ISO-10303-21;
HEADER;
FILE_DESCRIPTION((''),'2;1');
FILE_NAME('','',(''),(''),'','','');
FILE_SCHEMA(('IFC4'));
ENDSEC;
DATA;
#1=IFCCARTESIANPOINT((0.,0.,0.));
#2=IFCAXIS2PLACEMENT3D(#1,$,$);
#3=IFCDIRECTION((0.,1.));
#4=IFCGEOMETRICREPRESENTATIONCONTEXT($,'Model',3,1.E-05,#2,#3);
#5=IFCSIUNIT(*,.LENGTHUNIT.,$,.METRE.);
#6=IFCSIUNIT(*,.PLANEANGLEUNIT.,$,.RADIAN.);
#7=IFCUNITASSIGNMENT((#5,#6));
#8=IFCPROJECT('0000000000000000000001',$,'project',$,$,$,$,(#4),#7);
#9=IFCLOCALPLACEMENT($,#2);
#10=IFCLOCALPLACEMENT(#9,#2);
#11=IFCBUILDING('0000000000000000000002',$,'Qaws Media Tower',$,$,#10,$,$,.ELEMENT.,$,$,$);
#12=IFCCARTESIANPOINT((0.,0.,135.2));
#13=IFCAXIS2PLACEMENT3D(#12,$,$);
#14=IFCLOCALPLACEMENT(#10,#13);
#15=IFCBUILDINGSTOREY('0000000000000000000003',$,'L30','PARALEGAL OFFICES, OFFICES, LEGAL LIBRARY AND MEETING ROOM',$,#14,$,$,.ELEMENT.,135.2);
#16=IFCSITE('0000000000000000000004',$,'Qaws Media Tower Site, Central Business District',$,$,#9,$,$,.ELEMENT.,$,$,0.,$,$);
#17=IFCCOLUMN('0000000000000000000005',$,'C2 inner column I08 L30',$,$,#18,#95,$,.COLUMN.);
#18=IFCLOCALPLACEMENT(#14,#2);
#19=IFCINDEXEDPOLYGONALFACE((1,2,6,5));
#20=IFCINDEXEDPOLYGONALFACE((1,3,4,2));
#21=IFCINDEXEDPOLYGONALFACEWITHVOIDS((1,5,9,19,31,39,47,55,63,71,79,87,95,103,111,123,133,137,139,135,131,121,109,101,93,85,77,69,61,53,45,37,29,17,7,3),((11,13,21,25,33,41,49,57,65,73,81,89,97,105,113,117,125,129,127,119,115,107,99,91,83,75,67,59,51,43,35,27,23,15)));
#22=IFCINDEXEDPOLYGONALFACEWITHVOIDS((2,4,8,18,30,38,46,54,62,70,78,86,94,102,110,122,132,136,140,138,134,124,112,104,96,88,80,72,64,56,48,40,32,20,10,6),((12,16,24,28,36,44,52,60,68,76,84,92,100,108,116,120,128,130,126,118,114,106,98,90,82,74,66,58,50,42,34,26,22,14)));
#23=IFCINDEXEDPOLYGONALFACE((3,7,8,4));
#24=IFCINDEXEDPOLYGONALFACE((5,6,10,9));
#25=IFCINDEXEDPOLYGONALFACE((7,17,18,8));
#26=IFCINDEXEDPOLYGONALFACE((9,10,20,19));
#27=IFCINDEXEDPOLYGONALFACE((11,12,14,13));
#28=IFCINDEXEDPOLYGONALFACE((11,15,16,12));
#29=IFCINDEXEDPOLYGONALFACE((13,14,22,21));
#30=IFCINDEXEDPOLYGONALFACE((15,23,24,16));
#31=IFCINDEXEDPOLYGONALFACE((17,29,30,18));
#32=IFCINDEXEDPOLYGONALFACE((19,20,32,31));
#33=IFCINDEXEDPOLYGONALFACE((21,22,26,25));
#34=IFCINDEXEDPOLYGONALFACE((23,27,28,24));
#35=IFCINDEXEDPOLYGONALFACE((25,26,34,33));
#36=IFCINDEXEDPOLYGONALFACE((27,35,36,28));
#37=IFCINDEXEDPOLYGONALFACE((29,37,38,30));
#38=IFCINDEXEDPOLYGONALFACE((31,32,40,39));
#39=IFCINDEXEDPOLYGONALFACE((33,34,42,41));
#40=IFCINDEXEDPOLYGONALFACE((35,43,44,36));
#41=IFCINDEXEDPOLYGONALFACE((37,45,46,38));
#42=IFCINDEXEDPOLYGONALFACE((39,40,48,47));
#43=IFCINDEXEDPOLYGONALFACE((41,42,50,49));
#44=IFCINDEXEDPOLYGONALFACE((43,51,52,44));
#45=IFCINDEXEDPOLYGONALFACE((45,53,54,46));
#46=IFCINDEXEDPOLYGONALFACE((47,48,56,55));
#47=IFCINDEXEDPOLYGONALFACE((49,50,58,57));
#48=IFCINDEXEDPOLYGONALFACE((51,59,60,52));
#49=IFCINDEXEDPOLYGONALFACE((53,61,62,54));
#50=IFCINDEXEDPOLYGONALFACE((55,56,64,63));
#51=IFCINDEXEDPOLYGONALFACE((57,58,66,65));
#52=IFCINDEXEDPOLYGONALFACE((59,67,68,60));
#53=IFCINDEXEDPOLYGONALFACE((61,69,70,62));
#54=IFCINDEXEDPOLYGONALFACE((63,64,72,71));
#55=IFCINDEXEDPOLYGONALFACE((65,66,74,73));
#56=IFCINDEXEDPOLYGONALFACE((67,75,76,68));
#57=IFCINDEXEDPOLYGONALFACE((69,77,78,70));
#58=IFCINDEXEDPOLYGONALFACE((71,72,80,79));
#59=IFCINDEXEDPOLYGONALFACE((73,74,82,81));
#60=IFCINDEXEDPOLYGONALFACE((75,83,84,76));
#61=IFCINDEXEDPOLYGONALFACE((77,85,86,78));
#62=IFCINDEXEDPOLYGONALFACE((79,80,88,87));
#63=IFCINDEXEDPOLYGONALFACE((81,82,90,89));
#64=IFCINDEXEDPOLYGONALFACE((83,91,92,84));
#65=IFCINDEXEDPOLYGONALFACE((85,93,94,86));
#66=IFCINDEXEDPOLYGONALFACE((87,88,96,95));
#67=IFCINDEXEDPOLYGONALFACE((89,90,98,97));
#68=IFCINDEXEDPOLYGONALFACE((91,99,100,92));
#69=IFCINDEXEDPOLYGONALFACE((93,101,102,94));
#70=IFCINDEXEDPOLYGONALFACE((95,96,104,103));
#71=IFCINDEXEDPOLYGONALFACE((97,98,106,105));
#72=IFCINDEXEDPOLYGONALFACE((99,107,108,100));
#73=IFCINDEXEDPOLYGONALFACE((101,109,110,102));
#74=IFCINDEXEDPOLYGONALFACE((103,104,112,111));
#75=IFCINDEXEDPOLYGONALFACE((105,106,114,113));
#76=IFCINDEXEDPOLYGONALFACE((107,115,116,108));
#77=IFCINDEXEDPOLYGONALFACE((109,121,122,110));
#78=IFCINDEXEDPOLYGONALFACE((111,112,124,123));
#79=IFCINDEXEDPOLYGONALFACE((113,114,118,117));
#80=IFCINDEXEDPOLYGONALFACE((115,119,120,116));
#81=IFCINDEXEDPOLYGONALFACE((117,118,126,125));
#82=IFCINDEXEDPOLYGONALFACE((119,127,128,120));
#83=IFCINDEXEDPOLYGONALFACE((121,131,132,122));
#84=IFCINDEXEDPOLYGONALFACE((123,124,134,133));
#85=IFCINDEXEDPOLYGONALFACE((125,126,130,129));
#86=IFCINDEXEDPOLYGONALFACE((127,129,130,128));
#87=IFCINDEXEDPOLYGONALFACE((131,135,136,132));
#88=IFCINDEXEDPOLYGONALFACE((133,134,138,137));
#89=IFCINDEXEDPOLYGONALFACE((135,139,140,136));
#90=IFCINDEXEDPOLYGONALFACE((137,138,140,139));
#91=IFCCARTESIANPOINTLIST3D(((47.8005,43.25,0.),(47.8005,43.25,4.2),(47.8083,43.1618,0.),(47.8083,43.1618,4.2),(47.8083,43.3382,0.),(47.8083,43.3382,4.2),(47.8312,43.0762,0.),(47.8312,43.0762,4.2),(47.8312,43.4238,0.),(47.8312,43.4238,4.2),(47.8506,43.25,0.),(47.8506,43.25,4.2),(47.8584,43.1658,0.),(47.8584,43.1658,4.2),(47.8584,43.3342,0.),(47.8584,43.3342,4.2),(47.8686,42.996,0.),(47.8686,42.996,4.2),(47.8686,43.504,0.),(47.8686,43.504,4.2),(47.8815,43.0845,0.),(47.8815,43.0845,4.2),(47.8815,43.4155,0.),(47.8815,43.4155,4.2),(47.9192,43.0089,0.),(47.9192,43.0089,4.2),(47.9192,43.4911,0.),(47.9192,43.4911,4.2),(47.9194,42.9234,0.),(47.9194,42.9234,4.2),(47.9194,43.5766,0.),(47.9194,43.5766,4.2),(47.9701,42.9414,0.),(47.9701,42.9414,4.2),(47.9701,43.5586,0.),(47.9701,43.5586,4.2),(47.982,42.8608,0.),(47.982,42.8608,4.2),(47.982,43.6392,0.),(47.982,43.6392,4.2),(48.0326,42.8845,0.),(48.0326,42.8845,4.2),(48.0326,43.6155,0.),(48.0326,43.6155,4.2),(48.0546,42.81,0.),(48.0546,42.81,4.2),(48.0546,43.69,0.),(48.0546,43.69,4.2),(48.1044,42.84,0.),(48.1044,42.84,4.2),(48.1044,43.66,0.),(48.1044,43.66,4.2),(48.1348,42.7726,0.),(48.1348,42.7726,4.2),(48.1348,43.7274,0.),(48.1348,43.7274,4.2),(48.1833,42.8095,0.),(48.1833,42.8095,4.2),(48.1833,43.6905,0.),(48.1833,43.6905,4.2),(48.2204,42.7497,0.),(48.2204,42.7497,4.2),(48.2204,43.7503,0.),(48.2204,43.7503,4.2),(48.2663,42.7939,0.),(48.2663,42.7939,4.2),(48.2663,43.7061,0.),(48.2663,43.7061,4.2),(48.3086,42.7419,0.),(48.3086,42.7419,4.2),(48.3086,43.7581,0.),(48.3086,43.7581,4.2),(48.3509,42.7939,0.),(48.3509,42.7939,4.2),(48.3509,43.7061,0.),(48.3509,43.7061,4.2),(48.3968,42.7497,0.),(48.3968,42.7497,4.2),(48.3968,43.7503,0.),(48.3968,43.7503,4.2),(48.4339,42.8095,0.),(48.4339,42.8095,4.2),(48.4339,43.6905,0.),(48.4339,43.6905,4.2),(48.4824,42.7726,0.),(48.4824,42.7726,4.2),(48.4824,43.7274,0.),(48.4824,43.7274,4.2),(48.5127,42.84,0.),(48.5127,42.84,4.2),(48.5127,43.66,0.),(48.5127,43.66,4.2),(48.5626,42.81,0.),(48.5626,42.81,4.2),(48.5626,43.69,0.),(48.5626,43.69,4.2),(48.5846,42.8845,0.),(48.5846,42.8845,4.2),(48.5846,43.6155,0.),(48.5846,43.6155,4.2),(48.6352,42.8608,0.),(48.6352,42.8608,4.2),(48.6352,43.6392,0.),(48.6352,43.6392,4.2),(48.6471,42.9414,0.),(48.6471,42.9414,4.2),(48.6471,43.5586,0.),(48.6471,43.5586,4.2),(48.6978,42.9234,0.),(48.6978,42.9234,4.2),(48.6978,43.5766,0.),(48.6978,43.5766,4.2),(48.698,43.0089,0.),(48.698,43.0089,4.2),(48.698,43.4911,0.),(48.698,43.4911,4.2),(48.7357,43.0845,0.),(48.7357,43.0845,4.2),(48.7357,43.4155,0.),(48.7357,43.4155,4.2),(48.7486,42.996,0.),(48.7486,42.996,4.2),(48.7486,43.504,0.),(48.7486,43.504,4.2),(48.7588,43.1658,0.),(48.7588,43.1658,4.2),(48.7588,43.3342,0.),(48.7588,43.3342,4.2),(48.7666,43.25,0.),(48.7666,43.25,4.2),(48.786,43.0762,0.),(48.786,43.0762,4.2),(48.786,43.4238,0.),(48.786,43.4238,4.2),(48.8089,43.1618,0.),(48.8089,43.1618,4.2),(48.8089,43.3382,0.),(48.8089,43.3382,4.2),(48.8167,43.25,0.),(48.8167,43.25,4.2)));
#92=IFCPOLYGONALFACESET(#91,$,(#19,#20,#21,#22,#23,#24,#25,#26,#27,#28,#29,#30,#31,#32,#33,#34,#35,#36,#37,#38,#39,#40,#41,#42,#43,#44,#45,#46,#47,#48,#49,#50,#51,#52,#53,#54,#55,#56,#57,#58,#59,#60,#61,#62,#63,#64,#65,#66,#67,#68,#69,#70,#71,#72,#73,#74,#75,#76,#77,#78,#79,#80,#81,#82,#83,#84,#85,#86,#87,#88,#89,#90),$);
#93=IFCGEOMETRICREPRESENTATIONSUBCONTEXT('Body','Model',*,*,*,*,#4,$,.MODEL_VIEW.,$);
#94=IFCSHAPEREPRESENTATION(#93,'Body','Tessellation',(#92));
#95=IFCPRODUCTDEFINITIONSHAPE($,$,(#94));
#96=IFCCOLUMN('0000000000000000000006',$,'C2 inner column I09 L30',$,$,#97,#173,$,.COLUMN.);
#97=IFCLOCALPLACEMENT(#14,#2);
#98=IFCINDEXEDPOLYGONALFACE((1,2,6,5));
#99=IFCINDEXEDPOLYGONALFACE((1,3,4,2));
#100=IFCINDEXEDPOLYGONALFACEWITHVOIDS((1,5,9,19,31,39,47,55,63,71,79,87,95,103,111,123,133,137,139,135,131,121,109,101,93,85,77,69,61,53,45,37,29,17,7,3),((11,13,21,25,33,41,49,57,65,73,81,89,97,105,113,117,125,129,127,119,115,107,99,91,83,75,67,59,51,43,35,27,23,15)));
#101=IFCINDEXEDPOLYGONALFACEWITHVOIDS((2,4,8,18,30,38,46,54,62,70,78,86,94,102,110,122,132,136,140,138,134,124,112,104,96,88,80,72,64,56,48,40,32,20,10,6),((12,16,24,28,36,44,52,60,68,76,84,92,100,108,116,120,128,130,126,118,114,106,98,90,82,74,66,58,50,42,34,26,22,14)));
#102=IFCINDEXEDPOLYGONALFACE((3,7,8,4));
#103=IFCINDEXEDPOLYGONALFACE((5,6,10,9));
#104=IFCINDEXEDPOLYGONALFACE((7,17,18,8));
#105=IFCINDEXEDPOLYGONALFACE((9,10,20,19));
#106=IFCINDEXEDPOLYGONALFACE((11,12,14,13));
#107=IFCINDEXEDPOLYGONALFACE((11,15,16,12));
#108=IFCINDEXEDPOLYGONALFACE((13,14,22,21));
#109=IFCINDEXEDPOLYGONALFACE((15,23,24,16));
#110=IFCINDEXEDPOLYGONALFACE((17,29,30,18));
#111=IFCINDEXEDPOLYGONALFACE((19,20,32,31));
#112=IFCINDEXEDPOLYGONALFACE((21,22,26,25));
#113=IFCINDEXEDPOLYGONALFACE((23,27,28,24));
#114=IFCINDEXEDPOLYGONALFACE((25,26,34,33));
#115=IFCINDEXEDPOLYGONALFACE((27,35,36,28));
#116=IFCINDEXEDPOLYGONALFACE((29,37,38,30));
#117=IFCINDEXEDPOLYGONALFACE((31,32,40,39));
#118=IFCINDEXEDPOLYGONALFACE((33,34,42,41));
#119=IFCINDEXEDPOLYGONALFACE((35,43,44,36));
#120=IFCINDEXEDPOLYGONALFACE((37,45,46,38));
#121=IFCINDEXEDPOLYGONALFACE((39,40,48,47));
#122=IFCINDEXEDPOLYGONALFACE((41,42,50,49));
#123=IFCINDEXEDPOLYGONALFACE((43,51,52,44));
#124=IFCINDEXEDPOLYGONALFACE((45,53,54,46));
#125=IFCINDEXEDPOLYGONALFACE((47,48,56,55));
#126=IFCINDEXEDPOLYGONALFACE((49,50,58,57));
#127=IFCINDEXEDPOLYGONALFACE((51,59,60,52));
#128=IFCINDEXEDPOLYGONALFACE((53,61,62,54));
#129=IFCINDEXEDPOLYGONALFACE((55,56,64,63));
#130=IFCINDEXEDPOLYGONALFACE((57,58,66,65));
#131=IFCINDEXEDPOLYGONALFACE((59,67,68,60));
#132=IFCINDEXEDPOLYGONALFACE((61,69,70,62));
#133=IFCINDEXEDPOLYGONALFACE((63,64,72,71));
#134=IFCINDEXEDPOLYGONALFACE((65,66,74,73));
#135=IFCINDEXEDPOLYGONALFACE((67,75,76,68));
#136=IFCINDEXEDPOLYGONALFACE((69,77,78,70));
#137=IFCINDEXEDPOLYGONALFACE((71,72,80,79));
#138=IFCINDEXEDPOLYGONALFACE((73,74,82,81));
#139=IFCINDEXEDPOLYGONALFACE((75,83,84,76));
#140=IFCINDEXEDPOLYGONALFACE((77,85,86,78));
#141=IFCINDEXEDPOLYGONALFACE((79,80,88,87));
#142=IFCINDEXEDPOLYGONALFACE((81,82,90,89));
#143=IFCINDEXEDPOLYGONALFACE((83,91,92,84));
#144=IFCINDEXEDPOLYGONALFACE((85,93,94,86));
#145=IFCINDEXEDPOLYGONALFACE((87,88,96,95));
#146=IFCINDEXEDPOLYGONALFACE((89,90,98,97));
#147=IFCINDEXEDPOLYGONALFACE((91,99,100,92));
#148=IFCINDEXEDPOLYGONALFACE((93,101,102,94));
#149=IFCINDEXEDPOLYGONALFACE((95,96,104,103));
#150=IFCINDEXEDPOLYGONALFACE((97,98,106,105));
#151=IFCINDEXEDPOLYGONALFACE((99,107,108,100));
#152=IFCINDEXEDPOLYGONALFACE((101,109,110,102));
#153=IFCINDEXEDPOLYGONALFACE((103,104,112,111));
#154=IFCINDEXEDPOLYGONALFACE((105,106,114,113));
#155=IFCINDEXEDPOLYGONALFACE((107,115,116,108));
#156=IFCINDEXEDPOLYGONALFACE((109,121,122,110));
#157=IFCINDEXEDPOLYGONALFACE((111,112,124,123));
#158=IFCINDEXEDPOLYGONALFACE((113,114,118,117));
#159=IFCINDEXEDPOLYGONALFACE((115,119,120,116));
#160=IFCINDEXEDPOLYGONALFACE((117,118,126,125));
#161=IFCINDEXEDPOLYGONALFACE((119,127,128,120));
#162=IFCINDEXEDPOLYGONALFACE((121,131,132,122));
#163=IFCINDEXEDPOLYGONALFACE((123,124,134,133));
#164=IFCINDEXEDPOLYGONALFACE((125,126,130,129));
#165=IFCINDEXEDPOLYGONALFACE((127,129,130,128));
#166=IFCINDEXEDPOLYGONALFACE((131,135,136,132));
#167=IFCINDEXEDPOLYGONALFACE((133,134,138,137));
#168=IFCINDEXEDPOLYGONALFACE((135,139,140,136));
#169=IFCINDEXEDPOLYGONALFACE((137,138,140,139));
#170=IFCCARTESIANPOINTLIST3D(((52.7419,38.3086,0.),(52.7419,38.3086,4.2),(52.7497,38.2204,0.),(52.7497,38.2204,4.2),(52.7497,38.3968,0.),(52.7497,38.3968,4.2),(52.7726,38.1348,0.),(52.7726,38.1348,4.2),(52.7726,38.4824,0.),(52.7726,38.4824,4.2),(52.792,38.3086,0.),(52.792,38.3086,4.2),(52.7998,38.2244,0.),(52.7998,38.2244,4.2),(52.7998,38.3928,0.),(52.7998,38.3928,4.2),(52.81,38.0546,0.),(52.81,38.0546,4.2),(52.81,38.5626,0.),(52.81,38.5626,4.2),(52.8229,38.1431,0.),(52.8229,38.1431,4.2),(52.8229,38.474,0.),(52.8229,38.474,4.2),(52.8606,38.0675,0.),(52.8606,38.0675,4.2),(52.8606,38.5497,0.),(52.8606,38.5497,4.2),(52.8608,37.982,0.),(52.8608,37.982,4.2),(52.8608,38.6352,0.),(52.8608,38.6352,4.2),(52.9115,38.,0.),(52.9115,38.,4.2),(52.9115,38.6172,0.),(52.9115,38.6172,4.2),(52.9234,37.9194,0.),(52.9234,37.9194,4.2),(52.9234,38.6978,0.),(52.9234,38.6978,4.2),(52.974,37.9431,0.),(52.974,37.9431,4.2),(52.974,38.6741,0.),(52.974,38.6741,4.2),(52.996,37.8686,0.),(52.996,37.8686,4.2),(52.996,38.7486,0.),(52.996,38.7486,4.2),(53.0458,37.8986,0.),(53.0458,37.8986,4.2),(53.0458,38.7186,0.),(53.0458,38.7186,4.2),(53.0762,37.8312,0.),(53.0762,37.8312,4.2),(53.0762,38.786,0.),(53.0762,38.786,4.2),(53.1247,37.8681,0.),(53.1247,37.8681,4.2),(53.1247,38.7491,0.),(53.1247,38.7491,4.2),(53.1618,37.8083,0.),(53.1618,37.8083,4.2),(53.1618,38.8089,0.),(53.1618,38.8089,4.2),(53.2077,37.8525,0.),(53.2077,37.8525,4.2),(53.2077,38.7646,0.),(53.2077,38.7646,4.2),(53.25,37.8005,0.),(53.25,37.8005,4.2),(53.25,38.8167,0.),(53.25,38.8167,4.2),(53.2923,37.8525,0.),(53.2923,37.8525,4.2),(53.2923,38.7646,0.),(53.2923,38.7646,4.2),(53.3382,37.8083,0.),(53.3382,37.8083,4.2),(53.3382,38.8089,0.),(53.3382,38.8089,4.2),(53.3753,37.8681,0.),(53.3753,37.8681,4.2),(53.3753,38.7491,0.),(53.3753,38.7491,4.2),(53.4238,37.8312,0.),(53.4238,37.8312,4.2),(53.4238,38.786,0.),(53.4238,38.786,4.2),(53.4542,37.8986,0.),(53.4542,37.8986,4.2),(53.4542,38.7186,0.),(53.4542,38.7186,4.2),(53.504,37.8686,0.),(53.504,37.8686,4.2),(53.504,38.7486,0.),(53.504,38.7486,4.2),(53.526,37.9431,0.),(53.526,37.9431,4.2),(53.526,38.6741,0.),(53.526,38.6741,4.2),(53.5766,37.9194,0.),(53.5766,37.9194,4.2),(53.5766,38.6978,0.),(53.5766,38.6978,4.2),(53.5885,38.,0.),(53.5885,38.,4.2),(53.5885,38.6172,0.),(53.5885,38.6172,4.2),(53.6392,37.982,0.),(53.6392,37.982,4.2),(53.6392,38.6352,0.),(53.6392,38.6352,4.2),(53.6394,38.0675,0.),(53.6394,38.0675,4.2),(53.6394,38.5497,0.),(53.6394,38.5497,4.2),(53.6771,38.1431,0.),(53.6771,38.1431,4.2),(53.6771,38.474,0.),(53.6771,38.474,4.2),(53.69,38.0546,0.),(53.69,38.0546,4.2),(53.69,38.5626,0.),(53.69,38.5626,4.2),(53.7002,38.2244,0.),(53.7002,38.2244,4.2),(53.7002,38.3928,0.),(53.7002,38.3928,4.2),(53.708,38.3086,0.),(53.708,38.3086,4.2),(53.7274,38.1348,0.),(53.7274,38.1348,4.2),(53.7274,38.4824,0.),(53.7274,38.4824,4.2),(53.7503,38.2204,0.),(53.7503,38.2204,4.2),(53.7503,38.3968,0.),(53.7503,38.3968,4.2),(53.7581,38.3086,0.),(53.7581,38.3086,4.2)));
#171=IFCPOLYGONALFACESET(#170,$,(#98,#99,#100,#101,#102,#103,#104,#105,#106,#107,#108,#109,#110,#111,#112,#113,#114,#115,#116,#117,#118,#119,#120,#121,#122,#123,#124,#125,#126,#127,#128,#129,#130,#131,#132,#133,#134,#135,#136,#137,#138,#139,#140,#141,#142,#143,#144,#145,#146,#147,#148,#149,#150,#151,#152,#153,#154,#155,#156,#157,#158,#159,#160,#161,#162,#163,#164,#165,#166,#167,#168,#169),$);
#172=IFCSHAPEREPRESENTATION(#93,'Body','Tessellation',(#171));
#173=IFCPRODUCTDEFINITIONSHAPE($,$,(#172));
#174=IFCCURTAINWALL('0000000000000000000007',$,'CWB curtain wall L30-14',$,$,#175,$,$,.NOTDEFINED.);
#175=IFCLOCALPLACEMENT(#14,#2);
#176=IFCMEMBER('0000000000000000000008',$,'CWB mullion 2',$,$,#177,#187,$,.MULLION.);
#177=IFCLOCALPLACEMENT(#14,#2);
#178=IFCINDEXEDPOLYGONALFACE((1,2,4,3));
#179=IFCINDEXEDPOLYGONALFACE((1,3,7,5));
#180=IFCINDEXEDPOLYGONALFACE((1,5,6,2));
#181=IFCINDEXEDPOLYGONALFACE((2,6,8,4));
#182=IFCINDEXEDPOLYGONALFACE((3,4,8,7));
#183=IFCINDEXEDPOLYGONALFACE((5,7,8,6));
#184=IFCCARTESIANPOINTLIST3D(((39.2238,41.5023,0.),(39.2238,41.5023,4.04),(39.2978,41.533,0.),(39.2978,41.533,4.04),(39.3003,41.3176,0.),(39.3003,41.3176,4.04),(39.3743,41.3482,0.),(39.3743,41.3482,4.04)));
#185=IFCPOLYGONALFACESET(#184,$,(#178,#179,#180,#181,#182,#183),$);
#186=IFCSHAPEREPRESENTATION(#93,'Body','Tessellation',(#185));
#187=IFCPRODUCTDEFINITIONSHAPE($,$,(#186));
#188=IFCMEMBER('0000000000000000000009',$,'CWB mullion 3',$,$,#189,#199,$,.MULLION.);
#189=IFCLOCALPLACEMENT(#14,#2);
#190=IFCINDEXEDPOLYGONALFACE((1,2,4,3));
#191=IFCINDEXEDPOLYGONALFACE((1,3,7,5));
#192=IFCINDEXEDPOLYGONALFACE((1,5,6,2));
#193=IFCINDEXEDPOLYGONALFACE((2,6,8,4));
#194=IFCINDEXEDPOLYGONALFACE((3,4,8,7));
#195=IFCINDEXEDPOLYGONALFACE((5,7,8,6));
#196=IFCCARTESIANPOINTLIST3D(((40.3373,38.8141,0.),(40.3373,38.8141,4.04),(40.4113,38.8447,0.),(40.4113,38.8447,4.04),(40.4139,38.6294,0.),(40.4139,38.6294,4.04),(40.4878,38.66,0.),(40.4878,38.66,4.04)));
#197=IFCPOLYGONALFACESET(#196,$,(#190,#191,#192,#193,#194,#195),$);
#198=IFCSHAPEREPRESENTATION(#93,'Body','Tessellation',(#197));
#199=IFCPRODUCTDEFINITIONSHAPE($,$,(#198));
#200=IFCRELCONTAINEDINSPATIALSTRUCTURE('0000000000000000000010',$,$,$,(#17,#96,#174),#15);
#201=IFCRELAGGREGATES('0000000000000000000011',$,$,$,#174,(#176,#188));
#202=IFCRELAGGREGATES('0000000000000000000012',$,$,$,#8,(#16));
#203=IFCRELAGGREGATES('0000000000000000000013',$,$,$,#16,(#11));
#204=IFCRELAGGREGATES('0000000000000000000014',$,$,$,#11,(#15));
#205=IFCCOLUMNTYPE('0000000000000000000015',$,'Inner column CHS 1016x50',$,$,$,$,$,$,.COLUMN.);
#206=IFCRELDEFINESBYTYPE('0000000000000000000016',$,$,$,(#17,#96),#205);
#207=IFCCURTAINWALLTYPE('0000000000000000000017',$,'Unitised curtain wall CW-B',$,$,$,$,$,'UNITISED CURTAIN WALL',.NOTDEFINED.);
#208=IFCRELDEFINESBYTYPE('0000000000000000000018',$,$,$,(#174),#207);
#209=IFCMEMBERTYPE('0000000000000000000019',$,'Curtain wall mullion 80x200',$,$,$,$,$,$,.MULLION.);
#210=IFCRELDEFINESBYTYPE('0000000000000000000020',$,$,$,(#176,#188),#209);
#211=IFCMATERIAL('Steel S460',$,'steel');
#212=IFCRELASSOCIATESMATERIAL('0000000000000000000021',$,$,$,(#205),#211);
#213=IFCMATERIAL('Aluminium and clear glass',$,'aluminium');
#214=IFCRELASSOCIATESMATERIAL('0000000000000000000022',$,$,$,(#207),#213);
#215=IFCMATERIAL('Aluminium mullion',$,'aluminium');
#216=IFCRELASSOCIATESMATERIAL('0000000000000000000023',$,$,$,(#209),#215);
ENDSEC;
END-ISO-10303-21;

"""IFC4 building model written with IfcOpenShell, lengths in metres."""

from ifc_helpers import new_model, si_unit, direction, frame, origin, origin_2d, place, context, subcontext, project, spatial, rectangle, hollow_circle, extrude, material, material_profile, profile_set, type_object, element, aggregate, save


model = new_model("IFC4")

# Units and contexts
model_context = context("Model", 3, precision=1e-05, world=origin(), true_north=direction((0.0, 1.0)))
body_context = subcontext(model_context, "Body", "Model", "MODEL_VIEW")
ifc_project = project(units=[si_unit("LENGTHUNIT", "METRE"), si_unit("PLANEANGLEUNIT", "RADIAN")], contexts=[model_context])

# Site, building, storey
site_placement = place(None, origin())
site = spatial("IfcSite", under=ifc_project, at=site_placement, Name="Qaws Media Tower Site, Central Business District", CompositionType="ELEMENT", RefElevation=0.0)
building_placement = place(site_placement, origin())
building = spatial("IfcBuilding", under=site, at=building_placement, Name="Qaws Media Tower", CompositionType="ELEMENT")
storey_placement = place(building_placement, frame((0.0, 0.0, 135.2)))
storey = spatial("IfcBuildingStorey", under=building, at=storey_placement, Name="L30", Description="PARALEGAL OFFICES, OFFICES, LEGAL LIBRARY AND MEETING ROOM", CompositionType="ELEMENT", Elevation=135.2)

# Columns
ifc_material_1 = material(Name="Steel S460", Category="steel")
ifc_material_profile_1 = material_profile(ifc_material_1, hollow_circle(Radius=0.5081, WallThickness=0.05, at=origin_2d()), Name="CHS 1016x50")
ifc_profile_set_1 = profile_set([ifc_material_profile_1], Name="Steel S460")
column_type = type_object("IfcColumnType", Name="Inner column CHS 1016x50", PredefinedType="COLUMN", material=ifc_profile_set_1)
for number, where, z_axis, x_axis, name in (
    (1, (48.3086, 43.25, 0.0), (0.0, 0.0, 1.0), (1.0, 0.0, 0.0), "C2 inner column I08 L30"),
    (2, (53.25, 38.3086, 0.0), (0.0, 0.0, 1.0), (1.0, 0.0, 0.0), "C2 inner column I09 L30"),
):
    element("IfcColumn", number, at=place(storey_placement, frame(where, z_axis=z_axis, x_axis=x_axis)), inside=storey, type_object=column_type, Name=name, PredefinedType="COLUMN", context=body_context, shape_type="SweptSolid", body=[
        extrude(hollow_circle(Radius=0.5081, WallThickness=0.05, at=origin_2d()), origin(), (0.0, 0.0, 1.0), 4.2),
    ])

# Curtain wall, members
ifc_material_2 = material(Name="Aluminium and clear glass", Category="aluminium")
curtain_wall_type = type_object("IfcCurtainWallType", Name="Unitised curtain wall CW-B", ElementType="UNITISED CURTAIN WALL", PredefinedType="NOTDEFINED", material=ifc_material_2)
curtain_wall_1_placement = place(storey_placement, origin())
curtain_wall_1 = element("IfcCurtainWall", 3, at=curtain_wall_1_placement, inside=storey, type_object=curtain_wall_type, Name="CWB curtain wall L30-14", PredefinedType="NOTDEFINED")
ifc_material_3 = material(Name="Aluminium mullion", Category="aluminium")
ifc_material_profile_2 = material_profile(ifc_material_3, rectangle(XDim=0.0801, YDim=0.2, at=origin_2d()), Name="80x200")
ifc_profile_set_2 = profile_set([ifc_material_profile_2], Name="Aluminium mullion")
member_type_1 = type_object("IfcMemberType", Name="Curtain wall mullion 80x200", PredefinedType="MULLION", material=ifc_profile_set_2)
member_1_placement = place(storey_placement, frame((39.2991, 41.4253, 0.0), z_axis=(0.0, 0.0, 1.0), x_axis=(0.92388, 0.382683, 0.0)))
member_1 = element("IfcMember", 4, at=member_1_placement, type_object=member_type_1, Name="CWB mullion 2", PredefinedType="MULLION", context=body_context, shape_type="SweptSolid", body=[
    extrude(rectangle(XDim=0.0801, YDim=0.2, at=origin_2d()), origin(), (0.0, 0.0, 1.0), 4.04),
])
member_2_placement = place(storey_placement, frame((40.4126, 38.7371, 0.0), z_axis=(0.0, 0.0, 1.0), x_axis=(0.92388, 0.382683, 0.0)))
member_2 = element("IfcMember", 5, at=member_2_placement, type_object=member_type_1, Name="CWB mullion 3", PredefinedType="MULLION", context=body_context, shape_type="SweptSolid", body=[
    extrude(rectangle(XDim=0.0801, YDim=0.2, at=origin_2d()), origin(), (0.0, 0.0, 1.0), 4.04),
])

aggregate(curtain_wall_1, [member_1, member_2])

save(model, "model.ifc")
